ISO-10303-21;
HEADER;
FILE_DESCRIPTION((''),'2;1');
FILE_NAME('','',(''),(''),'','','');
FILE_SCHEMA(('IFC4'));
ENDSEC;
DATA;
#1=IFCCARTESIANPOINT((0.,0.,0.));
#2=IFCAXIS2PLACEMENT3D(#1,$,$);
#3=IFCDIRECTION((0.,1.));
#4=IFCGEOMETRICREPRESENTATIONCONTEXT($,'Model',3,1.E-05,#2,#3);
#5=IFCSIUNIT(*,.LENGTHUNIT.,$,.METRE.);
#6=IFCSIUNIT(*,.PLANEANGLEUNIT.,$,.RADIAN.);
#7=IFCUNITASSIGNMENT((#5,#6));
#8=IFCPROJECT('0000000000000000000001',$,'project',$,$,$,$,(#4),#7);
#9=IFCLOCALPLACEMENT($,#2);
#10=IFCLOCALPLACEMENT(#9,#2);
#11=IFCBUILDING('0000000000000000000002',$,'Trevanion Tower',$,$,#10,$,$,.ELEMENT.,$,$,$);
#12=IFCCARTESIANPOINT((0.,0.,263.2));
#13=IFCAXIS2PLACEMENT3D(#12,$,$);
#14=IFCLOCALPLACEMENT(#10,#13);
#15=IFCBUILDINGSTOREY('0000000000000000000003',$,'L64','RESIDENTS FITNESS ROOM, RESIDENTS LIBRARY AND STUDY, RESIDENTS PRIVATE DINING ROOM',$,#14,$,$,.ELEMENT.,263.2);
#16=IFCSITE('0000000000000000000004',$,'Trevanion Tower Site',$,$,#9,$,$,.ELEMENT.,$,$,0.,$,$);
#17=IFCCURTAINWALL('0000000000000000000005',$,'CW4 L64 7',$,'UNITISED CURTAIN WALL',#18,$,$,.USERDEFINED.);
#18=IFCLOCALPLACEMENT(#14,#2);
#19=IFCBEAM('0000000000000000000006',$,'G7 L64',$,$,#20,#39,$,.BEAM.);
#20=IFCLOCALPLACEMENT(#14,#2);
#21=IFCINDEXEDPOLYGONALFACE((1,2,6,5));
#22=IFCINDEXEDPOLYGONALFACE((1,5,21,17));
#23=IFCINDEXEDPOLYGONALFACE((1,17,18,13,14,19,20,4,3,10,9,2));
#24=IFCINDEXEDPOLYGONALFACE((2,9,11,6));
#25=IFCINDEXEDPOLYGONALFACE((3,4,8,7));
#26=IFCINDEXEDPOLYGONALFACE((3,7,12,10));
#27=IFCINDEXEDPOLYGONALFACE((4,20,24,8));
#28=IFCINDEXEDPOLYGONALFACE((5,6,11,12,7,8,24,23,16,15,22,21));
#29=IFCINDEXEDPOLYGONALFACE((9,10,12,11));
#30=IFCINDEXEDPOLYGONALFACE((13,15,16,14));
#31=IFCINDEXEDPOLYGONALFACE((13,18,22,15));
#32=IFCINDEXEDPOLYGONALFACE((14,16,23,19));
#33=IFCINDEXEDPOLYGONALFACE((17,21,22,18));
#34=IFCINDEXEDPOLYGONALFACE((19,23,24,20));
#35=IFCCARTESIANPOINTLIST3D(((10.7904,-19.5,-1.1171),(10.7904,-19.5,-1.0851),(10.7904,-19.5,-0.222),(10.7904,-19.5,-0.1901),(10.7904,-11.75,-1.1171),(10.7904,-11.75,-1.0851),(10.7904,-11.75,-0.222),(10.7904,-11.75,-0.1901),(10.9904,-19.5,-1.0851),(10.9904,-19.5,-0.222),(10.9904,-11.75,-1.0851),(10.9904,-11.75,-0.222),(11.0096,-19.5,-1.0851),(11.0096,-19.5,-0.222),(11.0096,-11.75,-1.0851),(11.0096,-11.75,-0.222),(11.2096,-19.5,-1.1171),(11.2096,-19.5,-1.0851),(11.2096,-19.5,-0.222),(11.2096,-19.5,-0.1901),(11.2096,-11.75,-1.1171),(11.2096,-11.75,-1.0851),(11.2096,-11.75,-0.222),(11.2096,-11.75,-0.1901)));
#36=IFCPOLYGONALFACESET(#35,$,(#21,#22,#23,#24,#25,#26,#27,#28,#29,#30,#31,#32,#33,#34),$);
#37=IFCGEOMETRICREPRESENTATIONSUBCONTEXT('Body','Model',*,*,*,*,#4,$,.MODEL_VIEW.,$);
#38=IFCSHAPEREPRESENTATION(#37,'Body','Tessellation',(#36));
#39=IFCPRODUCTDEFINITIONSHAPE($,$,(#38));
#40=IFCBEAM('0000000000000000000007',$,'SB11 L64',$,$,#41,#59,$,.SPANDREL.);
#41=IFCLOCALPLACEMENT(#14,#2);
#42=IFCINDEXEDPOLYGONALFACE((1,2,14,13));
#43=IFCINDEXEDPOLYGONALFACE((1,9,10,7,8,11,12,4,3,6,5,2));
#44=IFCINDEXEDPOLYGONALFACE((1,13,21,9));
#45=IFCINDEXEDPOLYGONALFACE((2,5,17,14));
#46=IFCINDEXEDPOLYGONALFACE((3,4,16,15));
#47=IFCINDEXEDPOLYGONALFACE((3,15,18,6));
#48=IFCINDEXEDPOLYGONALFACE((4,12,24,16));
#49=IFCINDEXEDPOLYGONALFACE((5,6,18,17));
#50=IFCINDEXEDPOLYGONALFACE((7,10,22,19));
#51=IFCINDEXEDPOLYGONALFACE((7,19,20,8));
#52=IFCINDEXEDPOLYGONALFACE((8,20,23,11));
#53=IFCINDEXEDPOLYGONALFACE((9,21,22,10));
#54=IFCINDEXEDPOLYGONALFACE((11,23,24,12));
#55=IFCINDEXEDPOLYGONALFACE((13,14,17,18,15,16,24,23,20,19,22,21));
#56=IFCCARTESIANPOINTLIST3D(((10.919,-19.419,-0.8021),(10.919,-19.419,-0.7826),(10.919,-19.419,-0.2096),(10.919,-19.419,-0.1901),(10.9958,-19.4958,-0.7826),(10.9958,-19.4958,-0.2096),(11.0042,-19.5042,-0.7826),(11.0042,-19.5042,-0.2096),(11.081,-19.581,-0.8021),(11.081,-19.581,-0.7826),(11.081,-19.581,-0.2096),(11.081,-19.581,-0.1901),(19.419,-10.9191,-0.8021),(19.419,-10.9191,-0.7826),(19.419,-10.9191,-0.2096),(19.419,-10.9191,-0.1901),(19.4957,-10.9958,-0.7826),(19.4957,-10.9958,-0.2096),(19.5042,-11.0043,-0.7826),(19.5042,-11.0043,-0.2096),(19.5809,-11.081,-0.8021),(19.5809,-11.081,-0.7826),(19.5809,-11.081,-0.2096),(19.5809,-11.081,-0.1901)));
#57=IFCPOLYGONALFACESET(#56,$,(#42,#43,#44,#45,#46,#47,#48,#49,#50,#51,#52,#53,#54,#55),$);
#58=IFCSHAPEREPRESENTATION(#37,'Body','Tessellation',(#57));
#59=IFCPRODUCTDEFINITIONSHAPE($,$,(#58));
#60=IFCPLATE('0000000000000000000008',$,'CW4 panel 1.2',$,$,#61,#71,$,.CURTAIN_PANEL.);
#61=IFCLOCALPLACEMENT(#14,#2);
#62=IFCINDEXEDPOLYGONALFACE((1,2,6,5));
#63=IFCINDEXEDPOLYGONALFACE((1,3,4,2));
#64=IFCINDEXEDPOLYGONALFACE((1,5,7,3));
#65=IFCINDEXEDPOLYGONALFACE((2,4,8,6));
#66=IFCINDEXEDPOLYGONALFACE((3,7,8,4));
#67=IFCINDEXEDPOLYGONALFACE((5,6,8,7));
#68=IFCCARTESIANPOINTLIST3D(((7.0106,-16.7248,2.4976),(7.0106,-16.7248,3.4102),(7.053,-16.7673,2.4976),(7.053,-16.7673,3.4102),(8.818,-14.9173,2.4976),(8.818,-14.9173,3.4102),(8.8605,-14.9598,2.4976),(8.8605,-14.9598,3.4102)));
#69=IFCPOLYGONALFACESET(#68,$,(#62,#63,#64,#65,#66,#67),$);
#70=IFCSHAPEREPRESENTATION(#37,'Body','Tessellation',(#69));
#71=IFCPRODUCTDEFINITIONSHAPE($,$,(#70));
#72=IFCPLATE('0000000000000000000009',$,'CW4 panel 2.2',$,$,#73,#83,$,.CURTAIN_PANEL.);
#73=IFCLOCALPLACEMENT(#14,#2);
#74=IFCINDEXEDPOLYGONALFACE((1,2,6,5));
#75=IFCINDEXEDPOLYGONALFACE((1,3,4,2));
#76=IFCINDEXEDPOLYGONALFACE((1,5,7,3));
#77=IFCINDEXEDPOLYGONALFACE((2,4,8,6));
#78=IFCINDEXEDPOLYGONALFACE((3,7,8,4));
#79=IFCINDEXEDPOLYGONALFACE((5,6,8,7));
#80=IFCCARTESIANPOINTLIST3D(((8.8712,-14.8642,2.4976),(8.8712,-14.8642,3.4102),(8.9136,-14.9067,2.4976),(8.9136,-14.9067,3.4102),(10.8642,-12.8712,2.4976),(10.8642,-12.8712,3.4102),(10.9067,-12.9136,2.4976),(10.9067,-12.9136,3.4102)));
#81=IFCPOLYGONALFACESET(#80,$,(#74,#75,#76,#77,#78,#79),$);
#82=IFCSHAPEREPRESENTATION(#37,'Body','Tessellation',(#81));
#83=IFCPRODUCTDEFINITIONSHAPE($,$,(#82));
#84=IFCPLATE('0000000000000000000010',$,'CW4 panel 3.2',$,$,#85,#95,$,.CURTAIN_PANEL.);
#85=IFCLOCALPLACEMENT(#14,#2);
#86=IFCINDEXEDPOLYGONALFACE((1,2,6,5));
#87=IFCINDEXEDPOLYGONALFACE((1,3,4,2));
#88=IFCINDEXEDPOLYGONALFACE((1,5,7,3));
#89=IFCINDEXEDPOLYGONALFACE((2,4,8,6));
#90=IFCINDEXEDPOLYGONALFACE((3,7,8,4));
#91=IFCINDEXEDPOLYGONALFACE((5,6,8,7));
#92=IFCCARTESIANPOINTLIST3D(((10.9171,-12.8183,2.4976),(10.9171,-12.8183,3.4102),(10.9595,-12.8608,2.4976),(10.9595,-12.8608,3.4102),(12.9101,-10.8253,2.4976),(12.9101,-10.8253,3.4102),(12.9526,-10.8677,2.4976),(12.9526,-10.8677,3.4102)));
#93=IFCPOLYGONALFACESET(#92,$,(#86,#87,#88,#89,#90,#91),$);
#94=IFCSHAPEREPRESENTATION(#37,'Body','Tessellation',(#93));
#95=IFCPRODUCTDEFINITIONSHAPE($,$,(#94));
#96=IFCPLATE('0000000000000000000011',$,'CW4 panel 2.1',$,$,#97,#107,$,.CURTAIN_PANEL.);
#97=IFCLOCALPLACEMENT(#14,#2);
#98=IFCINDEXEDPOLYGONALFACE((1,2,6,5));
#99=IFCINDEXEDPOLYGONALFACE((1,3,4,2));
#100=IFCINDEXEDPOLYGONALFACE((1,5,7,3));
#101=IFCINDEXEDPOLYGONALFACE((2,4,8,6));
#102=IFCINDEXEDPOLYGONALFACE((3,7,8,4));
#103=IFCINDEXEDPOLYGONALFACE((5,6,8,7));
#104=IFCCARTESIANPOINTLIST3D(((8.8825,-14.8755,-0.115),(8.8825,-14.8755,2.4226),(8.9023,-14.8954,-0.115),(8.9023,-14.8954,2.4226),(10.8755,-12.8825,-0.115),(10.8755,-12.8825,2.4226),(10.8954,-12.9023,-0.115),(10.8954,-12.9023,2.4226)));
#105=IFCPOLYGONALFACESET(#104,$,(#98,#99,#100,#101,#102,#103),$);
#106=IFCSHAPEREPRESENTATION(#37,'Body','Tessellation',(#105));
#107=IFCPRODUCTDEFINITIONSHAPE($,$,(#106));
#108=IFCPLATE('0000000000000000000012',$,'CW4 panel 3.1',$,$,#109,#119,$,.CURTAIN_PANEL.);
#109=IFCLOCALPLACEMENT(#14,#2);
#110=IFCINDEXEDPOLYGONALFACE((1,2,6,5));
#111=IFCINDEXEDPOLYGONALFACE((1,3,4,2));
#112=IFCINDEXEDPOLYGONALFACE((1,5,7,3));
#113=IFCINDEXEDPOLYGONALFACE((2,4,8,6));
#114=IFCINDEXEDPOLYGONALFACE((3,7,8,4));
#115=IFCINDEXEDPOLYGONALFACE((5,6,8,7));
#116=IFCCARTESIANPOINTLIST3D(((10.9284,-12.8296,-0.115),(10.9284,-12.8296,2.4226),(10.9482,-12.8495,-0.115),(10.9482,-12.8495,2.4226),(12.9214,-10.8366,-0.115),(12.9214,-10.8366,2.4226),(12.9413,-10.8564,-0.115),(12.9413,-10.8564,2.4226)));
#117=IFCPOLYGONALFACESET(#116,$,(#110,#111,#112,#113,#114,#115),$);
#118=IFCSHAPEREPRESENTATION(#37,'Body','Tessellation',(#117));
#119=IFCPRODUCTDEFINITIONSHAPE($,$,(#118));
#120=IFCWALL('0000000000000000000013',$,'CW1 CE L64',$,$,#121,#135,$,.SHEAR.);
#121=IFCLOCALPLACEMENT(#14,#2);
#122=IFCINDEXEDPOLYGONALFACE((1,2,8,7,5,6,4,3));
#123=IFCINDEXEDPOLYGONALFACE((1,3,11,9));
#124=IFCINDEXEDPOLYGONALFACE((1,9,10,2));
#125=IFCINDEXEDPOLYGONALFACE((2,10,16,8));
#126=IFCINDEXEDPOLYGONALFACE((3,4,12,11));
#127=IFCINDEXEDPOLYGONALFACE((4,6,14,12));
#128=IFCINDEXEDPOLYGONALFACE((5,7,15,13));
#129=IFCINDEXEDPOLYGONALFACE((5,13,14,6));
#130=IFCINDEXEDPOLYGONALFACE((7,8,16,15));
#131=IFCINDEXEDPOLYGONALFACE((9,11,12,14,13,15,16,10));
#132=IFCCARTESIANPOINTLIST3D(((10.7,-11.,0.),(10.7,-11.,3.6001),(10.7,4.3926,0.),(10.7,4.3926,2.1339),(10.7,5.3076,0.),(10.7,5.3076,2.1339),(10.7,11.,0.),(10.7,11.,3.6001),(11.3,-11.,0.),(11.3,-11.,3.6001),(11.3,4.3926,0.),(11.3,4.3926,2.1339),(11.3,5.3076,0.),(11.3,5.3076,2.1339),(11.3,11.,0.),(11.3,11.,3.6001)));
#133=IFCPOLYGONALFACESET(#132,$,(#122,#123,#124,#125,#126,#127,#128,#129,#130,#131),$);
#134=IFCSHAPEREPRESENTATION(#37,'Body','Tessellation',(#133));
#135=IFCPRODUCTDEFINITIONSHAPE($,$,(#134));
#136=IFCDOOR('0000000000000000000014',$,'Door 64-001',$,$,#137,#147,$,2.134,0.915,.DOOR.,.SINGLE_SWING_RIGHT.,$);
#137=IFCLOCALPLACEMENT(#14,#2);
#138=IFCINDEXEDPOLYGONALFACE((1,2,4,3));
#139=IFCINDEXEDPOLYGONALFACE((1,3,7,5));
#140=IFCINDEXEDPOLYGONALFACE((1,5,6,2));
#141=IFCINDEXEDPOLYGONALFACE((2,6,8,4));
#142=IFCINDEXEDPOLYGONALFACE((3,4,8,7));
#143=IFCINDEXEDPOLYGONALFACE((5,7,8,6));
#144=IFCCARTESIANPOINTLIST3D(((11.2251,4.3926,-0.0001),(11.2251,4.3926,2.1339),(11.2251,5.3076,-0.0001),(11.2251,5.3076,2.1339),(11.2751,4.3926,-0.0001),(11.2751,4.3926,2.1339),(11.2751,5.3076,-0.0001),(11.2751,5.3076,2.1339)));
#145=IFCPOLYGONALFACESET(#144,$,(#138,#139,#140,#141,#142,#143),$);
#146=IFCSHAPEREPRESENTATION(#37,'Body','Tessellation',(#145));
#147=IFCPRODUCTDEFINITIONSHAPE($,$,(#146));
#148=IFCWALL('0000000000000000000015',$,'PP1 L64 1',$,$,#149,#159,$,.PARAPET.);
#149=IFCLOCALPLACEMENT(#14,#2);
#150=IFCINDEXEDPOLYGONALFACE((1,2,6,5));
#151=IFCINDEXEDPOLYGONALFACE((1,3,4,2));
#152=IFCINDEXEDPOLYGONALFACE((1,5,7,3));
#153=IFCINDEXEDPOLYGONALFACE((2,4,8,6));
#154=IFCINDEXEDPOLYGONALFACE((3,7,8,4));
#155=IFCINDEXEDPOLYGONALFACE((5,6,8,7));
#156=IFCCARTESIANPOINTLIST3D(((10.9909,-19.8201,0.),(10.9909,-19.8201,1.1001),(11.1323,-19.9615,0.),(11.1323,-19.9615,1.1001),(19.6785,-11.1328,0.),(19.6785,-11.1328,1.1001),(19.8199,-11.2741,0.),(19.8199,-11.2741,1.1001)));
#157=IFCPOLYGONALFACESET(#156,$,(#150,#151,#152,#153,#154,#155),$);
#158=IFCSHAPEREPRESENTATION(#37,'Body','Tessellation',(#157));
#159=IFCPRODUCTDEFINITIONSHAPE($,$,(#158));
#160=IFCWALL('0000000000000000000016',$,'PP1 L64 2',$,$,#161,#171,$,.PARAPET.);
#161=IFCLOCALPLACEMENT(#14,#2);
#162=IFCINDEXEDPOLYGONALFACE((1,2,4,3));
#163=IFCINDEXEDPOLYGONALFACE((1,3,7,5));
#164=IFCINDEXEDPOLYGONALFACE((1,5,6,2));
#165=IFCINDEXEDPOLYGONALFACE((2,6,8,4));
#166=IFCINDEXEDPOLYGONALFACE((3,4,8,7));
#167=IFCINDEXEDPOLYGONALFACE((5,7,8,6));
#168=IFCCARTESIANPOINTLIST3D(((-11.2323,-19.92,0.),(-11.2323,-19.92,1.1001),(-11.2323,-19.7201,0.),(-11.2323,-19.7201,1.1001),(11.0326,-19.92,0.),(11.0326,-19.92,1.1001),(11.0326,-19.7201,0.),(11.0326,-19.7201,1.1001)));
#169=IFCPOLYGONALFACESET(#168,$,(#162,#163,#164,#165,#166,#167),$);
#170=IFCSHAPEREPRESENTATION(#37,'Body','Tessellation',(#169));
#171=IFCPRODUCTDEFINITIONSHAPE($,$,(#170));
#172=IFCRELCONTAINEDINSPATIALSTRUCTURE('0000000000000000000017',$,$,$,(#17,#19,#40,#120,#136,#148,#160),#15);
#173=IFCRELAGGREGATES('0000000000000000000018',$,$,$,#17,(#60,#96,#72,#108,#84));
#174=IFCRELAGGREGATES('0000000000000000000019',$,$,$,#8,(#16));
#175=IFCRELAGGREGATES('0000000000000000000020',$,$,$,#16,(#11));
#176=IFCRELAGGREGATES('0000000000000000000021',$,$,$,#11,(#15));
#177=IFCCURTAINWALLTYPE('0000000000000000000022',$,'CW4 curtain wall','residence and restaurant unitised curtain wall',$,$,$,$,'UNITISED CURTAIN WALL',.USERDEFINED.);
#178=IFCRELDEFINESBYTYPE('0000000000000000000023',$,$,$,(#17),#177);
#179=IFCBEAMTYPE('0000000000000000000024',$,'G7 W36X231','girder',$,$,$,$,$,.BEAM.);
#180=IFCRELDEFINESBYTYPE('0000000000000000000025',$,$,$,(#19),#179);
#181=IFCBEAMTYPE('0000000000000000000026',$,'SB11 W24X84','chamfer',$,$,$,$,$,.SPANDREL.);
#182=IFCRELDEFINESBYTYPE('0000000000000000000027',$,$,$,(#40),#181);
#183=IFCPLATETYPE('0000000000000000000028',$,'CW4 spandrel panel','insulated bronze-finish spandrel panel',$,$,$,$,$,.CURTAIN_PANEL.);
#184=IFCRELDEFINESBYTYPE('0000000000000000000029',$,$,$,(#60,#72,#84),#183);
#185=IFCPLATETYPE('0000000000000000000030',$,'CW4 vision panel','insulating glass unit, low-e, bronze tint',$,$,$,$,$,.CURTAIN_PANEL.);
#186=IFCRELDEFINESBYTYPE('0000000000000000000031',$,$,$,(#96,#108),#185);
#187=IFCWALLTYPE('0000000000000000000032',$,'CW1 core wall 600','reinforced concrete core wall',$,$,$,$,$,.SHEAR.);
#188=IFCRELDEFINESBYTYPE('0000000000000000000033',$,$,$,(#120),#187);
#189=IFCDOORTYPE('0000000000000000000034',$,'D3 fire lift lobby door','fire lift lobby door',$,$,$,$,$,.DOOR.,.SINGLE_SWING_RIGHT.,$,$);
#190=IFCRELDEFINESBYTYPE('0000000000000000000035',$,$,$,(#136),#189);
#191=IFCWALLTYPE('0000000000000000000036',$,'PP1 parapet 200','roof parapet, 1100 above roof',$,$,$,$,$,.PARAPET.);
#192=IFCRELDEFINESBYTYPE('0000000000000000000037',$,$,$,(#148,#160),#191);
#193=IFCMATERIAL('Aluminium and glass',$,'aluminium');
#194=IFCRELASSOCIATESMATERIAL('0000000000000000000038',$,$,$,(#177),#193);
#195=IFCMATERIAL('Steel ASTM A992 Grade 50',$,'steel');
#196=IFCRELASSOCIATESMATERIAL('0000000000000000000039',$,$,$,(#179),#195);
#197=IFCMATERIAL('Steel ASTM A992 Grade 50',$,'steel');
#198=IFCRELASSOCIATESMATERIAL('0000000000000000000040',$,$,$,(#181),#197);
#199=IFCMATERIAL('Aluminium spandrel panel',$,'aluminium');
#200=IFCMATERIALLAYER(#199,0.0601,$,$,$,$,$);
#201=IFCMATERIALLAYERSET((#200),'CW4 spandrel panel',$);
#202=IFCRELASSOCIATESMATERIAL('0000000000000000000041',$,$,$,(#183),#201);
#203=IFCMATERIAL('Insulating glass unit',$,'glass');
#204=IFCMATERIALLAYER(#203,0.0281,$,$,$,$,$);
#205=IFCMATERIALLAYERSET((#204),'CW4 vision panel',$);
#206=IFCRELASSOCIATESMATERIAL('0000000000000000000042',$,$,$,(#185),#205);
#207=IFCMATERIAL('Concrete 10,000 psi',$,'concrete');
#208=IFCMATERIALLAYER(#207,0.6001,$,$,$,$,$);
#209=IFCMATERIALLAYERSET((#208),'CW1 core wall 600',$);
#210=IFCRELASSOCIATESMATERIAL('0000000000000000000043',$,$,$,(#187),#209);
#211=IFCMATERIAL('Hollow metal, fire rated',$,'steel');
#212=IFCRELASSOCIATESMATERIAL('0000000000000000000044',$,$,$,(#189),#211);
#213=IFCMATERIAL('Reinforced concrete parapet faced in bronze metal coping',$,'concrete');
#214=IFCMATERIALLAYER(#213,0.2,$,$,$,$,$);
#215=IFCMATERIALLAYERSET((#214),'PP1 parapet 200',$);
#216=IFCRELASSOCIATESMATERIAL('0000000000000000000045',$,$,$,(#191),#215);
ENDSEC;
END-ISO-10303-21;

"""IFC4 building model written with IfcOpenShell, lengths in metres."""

from ifc_helpers import new_model, si_unit, direction, frame, frame_2d, origin, origin_2d, place, context, subcontext, project, spatial, rectangle, i_section, extrude, material, layer, layer_set, material_profile, profile_set, type_object, element, fill, aggregate, save


model = new_model("IFC4")

# Units and contexts
model_context = context("Model", 3, precision=1e-05, world=origin(), true_north=direction((0.0, 1.0)))
body_context = subcontext(model_context, "Body", "Model", "MODEL_VIEW")
ifc_project = project(units=[si_unit("LENGTHUNIT", "METRE"), si_unit("PLANEANGLEUNIT", "RADIAN")], contexts=[model_context])

# Site, building, storey
site_placement = place(None, origin())
site = spatial("IfcSite", under=ifc_project, at=site_placement, Name="Trevanion Tower Site", CompositionType="ELEMENT", RefElevation=0.0)
building_placement = place(site_placement, origin())
building = spatial("IfcBuilding", under=site, at=building_placement, Name="Trevanion Tower", CompositionType="ELEMENT")
storey_placement = place(building_placement, frame((0.0, 0.0, 263.2)))
storey = spatial("IfcBuildingStorey", under=building, at=storey_placement, Name="L64", Description="RESIDENTS FITNESS ROOM, RESIDENTS LIBRARY AND STUDY, RESIDENTS PRIVATE DINING ROOM", CompositionType="ELEMENT", Elevation=263.2)

# Curtain wall
ifc_material_1 = material(Name="Aluminium and glass", Category="aluminium")
curtain_wall_type = type_object("IfcCurtainWallType", Name="CW4 curtain wall", Description="residence and restaurant unitised curtain wall", ElementType="UNITISED CURTAIN WALL", PredefinedType="USERDEFINED", material=ifc_material_1)
curtain_wall_placement = place(storey_placement, origin())
curtain_wall = element("IfcCurtainWall", 1, at=curtain_wall_placement, inside=storey, type_object=curtain_wall_type, Name="CW4 L64 7", ObjectType="UNITISED CURTAIN WALL", PredefinedType="USERDEFINED")

# Beams
ifc_material_2 = material(Name="Steel ASTM A992 Grade 50", Category="steel")
ifc_material_profile_1 = material_profile(ifc_material_2, i_section(OverallWidth=0.4192, OverallDepth=0.927, WebThickness=0.0193, FlangeThickness=0.032, at=origin_2d()), Name="W36X231")
ifc_profile_set_1 = profile_set([ifc_material_profile_1], Name="Steel ASTM A992 Grade 50")
beam_type_1 = type_object("IfcBeamType", Name="G7 W36X231", Description="girder", PredefinedType="BEAM", material=ifc_profile_set_1)
for number, where, z_axis, x_axis, name in (
    (2, (11.0, -11.75, -0.6536), (0.0, -1.0, 0.0), (1.0, 0.0, 0.0), "G7 L64"),
):
    element("IfcBeam", number, at=place(storey_placement, frame(where, z_axis=z_axis, x_axis=x_axis)), inside=storey, type_object=beam_type_1, Name=name, PredefinedType="BEAM", context=body_context, shape_type="SweptSolid", body=[
        extrude(i_section(OverallWidth=0.4192, OverallDepth=0.927, WebThickness=0.0193, FlangeThickness=0.032, at=origin_2d()), origin(), (0.0, 0.0, 1.0), 7.75),
    ])
ifc_material_3 = material(Name="Steel ASTM A992 Grade 50", Category="steel")
ifc_material_profile_2 = material_profile(ifc_material_3, i_section(OverallWidth=0.229, OverallDepth=0.6121, WebThickness=0.012, FlangeThickness=0.0195, at=origin_2d()), Name="W24X84")
ifc_profile_set_2 = profile_set([ifc_material_profile_2], Name="Steel ASTM A992 Grade 50")
beam_type_2 = type_object("IfcBeamType", Name="SB11 W24X84", Description="chamfer", PredefinedType="SPANDREL", material=ifc_profile_set_2)
beam_1_placement = place(storey_placement, frame((11.0, -19.5, -0.4961), z_axis=(0.707107, 0.707107, 0.0), x_axis=(-0.707107, 0.707107, 0.0)))
element("IfcBeam", 3, at=beam_1_placement, inside=storey, type_object=beam_type_2, Name="SB11 L64", PredefinedType="SPANDREL", context=body_context, shape_type="SweptSolid", body=[
    extrude(i_section(OverallWidth=0.229, OverallDepth=0.6121, WebThickness=0.012, FlangeThickness=0.0195, at=origin_2d()), origin(), (0.0, 0.0, 1.0), 12.0208),
])

# Plates
ifc_material_4 = material(Name="Aluminium spandrel panel", Category="aluminium")
ifc_layer_1 = layer(ifc_material_4, 0.0601)
ifc_layer_set_1 = layer_set([ifc_layer_1], Name="CW4 spandrel panel")
plate_type_1 = type_object("IfcPlateType", Name="CW4 spandrel panel", Description="insulated bronze-finish spandrel panel", PredefinedType="CURTAIN_PANEL", material=ifc_layer_set_1)
plate_1_placement = place(storey_placement, frame((7.9355, -15.8423, 2.4976), z_axis=(0.0, 0.0, 1.0), x_axis=(0.707107, 0.707107, 0.0)))
plate_1 = element("IfcPlate", 4, at=plate_1_placement, type_object=plate_type_1, Name="CW4 panel 1.2", PredefinedType="CURTAIN_PANEL", context=body_context, shape_type="SweptSolid", body=[
    extrude(rectangle(XDim=2.5562, YDim=0.0601, at=origin_2d()), origin(), (0.0, 0.0, 1.0), 0.9126),
])
plate_2_placement = place(storey_placement, frame((9.8889, -13.8889, 2.4976), z_axis=(0.0, 0.0, 1.0), x_axis=(0.707107, 0.707107, 0.0)))
plate_2 = element("IfcPlate", 5, at=plate_2_placement, type_object=plate_type_1, Name="CW4 panel 2.2", PredefinedType="CURTAIN_PANEL", context=body_context, shape_type="SweptSolid", body=[
    extrude(rectangle(XDim=2.8186, YDim=0.0601, at=origin_2d()), origin(), (0.0, 0.0, 1.0), 0.9126),
])
plate_3_placement = place(storey_placement, frame((11.9348, -11.843, 2.4976), z_axis=(0.0, 0.0, 1.0), x_axis=(0.707107, 0.707107, 0.0)))
plate_3 = element("IfcPlate", 6, at=plate_3_placement, type_object=plate_type_1, Name="CW4 panel 3.2", PredefinedType="CURTAIN_PANEL", context=body_context, shape_type="SweptSolid", body=[
    extrude(rectangle(XDim=2.8186, YDim=0.0601, at=origin_2d()), origin(), (0.0, 0.0, 1.0), 0.9126),
])
ifc_material_5 = material(Name="Insulating glass unit", Category="glass")
ifc_layer_2 = layer(ifc_material_5, 0.0281)
ifc_layer_set_2 = layer_set([ifc_layer_2], Name="CW4 vision panel")
plate_type_2 = type_object("IfcPlateType", Name="CW4 vision panel", Description="insulating glass unit, low-e, bronze tint", PredefinedType="CURTAIN_PANEL", material=ifc_layer_set_2)
plate_4_placement = place(storey_placement, frame((9.8889, -13.8889, -0.115), z_axis=(0.0, 0.0, 1.0), x_axis=(0.707107, 0.707107, 0.0)))
plate_4 = element("IfcPlate", 7, at=plate_4_placement, type_object=plate_type_2, Name="CW4 panel 2.1", PredefinedType="CURTAIN_PANEL", context=body_context, shape_type="SweptSolid", body=[
    extrude(rectangle(XDim=2.8186, YDim=0.0281, at=origin_2d()), origin(), (0.0, 0.0, 1.0), 2.5376),
])
plate_5_placement = place(storey_placement, frame((11.9348, -11.843, -0.115), z_axis=(0.0, 0.0, 1.0), x_axis=(0.707107, 0.707107, 0.0)))
plate_5 = element("IfcPlate", 8, at=plate_5_placement, type_object=plate_type_2, Name="CW4 panel 3.1", PredefinedType="CURTAIN_PANEL", context=body_context, shape_type="SweptSolid", body=[
    extrude(rectangle(XDim=2.8186, YDim=0.0281, at=origin_2d()), origin(), (0.0, 0.0, 1.0), 2.5376),
])
aggregate(curtain_wall, [plate_1, plate_4, plate_2, plate_5, plate_3])

# Wall, opening, door
ifc_material_6 = material(Name="Concrete 10,000 psi", Category="concrete")
ifc_layer_3 = layer(ifc_material_6, 0.6001)
ifc_layer_set_3 = layer_set([ifc_layer_3], Name="CW1 core wall 600")
wall_type_1 = type_object("IfcWallType", Name="CW1 core wall 600", Description="reinforced concrete core wall", PredefinedType="SHEAR", material=ifc_layer_set_3)
wall_1_placement = place(storey_placement, frame((11.0, -11.0, 0.0), z_axis=(0.0, 0.0, 1.0), x_axis=(0.0, 1.0, 0.0)))
wall_1 = element("IfcWall", 9, at=wall_1_placement, inside=storey, type_object=wall_type_1, Name="CW1 CE L64", PredefinedType="SHEAR", context=body_context, shape_type="SweptSolid", body=[
    extrude(rectangle(XDim=22.0, YDim=0.6001, at=frame_2d((11.0, 0.0))), origin(), (0.0, 0.0, 1.0), 3.6001),
])
opening_placement = place(wall_1_placement, frame((15.3926, 0.0, 0.0)))
opening = element("IfcOpeningElement", 10, at=opening_placement, cuts=wall_1, PredefinedType="OPENING", context=body_context, shape_type="SweptSolid", body=[
    extrude(rectangle(XDim=0.915, YDim=2.134, at=frame_2d((0.4575, 1.0669))), frame((0.0, 0.3101, 0.0), z_axis=(0.0, -1.0, 0.0), x_axis=(1.0, 0.0, 0.0)), (0.0, 0.0, 1.0), 0.6201),
])
ifc_material_7 = material(Name="Hollow metal, fire rated", Category="steel")
door_type = type_object("IfcDoorType", Name="D3 fire lift lobby door", Description="fire lift lobby door", OperationType="SINGLE_SWING_RIGHT", PredefinedType="DOOR", material=ifc_material_7)
door_placement = place(opening_placement, origin())
door = element("IfcDoor", 11, at=door_placement, inside=storey, type_object=door_type, Name="Door 64-001", OperationType="SINGLE_SWING_RIGHT", OverallHeight=2.134, OverallWidth=0.915, PredefinedType="DOOR", context=body_context, shape_type="SweptSolid", body=[
    extrude(rectangle(XDim=0.915, YDim=2.134, at=frame_2d((0.4575, 1.0669))), frame((0.0, -0.2251, 0.0), z_axis=(0.0, -1.0, 0.0), x_axis=(1.0, 0.0, 0.0)), (0.0, 0.0, 1.0), 0.05),
])
fill(opening, door)

# Walls
ifc_material_8 = material(Name="Reinforced concrete parapet faced in bronze metal coping", Category="concrete")
ifc_layer_4 = layer(ifc_material_8, 0.2)
ifc_layer_set_4 = layer_set([ifc_layer_4], Name="PP1 parapet 200")
wall_type_2 = type_object("IfcWallType", Name="PP1 parapet 200", Description="roof parapet, 1100 above roof", PredefinedType="PARAPET", material=ifc_layer_set_4)
wall_2_placement = place(storey_placement, frame((19.7493, -11.2034, 0.0), z_axis=(0.0, 0.0, 1.0), x_axis=(-0.707117, -0.707097, 0.0)))
element("IfcWall", 12, at=wall_2_placement, inside=storey, type_object=wall_type_2, Name="PP1 L64 1", PredefinedType="PARAPET", context=body_context, shape_type="SweptSolid", body=[
    extrude(rectangle(XDim=12.2859, YDim=0.2, at=frame_2d((6.1431, 0.0))), origin(), (0.0, 0.0, 1.0), 1.1001),
])
wall_3_placement = place(storey_placement, frame((11.0325, -19.8201, 0.0), z_axis=(0.0, 0.0, 1.0), x_axis=(-1.0, 0.0, 0.0)))
element("IfcWall", 13, at=wall_3_placement, inside=storey, type_object=wall_type_2, Name="PP1 L64 2", PredefinedType="PARAPET", context=body_context, shape_type="SweptSolid", body=[
    extrude(rectangle(XDim=22.2649, YDim=0.2, at=frame_2d((11.1323, 0.0))), origin(), (0.0, 0.0, 1.0), 1.1001),
])

save(model, "model.ifc")
